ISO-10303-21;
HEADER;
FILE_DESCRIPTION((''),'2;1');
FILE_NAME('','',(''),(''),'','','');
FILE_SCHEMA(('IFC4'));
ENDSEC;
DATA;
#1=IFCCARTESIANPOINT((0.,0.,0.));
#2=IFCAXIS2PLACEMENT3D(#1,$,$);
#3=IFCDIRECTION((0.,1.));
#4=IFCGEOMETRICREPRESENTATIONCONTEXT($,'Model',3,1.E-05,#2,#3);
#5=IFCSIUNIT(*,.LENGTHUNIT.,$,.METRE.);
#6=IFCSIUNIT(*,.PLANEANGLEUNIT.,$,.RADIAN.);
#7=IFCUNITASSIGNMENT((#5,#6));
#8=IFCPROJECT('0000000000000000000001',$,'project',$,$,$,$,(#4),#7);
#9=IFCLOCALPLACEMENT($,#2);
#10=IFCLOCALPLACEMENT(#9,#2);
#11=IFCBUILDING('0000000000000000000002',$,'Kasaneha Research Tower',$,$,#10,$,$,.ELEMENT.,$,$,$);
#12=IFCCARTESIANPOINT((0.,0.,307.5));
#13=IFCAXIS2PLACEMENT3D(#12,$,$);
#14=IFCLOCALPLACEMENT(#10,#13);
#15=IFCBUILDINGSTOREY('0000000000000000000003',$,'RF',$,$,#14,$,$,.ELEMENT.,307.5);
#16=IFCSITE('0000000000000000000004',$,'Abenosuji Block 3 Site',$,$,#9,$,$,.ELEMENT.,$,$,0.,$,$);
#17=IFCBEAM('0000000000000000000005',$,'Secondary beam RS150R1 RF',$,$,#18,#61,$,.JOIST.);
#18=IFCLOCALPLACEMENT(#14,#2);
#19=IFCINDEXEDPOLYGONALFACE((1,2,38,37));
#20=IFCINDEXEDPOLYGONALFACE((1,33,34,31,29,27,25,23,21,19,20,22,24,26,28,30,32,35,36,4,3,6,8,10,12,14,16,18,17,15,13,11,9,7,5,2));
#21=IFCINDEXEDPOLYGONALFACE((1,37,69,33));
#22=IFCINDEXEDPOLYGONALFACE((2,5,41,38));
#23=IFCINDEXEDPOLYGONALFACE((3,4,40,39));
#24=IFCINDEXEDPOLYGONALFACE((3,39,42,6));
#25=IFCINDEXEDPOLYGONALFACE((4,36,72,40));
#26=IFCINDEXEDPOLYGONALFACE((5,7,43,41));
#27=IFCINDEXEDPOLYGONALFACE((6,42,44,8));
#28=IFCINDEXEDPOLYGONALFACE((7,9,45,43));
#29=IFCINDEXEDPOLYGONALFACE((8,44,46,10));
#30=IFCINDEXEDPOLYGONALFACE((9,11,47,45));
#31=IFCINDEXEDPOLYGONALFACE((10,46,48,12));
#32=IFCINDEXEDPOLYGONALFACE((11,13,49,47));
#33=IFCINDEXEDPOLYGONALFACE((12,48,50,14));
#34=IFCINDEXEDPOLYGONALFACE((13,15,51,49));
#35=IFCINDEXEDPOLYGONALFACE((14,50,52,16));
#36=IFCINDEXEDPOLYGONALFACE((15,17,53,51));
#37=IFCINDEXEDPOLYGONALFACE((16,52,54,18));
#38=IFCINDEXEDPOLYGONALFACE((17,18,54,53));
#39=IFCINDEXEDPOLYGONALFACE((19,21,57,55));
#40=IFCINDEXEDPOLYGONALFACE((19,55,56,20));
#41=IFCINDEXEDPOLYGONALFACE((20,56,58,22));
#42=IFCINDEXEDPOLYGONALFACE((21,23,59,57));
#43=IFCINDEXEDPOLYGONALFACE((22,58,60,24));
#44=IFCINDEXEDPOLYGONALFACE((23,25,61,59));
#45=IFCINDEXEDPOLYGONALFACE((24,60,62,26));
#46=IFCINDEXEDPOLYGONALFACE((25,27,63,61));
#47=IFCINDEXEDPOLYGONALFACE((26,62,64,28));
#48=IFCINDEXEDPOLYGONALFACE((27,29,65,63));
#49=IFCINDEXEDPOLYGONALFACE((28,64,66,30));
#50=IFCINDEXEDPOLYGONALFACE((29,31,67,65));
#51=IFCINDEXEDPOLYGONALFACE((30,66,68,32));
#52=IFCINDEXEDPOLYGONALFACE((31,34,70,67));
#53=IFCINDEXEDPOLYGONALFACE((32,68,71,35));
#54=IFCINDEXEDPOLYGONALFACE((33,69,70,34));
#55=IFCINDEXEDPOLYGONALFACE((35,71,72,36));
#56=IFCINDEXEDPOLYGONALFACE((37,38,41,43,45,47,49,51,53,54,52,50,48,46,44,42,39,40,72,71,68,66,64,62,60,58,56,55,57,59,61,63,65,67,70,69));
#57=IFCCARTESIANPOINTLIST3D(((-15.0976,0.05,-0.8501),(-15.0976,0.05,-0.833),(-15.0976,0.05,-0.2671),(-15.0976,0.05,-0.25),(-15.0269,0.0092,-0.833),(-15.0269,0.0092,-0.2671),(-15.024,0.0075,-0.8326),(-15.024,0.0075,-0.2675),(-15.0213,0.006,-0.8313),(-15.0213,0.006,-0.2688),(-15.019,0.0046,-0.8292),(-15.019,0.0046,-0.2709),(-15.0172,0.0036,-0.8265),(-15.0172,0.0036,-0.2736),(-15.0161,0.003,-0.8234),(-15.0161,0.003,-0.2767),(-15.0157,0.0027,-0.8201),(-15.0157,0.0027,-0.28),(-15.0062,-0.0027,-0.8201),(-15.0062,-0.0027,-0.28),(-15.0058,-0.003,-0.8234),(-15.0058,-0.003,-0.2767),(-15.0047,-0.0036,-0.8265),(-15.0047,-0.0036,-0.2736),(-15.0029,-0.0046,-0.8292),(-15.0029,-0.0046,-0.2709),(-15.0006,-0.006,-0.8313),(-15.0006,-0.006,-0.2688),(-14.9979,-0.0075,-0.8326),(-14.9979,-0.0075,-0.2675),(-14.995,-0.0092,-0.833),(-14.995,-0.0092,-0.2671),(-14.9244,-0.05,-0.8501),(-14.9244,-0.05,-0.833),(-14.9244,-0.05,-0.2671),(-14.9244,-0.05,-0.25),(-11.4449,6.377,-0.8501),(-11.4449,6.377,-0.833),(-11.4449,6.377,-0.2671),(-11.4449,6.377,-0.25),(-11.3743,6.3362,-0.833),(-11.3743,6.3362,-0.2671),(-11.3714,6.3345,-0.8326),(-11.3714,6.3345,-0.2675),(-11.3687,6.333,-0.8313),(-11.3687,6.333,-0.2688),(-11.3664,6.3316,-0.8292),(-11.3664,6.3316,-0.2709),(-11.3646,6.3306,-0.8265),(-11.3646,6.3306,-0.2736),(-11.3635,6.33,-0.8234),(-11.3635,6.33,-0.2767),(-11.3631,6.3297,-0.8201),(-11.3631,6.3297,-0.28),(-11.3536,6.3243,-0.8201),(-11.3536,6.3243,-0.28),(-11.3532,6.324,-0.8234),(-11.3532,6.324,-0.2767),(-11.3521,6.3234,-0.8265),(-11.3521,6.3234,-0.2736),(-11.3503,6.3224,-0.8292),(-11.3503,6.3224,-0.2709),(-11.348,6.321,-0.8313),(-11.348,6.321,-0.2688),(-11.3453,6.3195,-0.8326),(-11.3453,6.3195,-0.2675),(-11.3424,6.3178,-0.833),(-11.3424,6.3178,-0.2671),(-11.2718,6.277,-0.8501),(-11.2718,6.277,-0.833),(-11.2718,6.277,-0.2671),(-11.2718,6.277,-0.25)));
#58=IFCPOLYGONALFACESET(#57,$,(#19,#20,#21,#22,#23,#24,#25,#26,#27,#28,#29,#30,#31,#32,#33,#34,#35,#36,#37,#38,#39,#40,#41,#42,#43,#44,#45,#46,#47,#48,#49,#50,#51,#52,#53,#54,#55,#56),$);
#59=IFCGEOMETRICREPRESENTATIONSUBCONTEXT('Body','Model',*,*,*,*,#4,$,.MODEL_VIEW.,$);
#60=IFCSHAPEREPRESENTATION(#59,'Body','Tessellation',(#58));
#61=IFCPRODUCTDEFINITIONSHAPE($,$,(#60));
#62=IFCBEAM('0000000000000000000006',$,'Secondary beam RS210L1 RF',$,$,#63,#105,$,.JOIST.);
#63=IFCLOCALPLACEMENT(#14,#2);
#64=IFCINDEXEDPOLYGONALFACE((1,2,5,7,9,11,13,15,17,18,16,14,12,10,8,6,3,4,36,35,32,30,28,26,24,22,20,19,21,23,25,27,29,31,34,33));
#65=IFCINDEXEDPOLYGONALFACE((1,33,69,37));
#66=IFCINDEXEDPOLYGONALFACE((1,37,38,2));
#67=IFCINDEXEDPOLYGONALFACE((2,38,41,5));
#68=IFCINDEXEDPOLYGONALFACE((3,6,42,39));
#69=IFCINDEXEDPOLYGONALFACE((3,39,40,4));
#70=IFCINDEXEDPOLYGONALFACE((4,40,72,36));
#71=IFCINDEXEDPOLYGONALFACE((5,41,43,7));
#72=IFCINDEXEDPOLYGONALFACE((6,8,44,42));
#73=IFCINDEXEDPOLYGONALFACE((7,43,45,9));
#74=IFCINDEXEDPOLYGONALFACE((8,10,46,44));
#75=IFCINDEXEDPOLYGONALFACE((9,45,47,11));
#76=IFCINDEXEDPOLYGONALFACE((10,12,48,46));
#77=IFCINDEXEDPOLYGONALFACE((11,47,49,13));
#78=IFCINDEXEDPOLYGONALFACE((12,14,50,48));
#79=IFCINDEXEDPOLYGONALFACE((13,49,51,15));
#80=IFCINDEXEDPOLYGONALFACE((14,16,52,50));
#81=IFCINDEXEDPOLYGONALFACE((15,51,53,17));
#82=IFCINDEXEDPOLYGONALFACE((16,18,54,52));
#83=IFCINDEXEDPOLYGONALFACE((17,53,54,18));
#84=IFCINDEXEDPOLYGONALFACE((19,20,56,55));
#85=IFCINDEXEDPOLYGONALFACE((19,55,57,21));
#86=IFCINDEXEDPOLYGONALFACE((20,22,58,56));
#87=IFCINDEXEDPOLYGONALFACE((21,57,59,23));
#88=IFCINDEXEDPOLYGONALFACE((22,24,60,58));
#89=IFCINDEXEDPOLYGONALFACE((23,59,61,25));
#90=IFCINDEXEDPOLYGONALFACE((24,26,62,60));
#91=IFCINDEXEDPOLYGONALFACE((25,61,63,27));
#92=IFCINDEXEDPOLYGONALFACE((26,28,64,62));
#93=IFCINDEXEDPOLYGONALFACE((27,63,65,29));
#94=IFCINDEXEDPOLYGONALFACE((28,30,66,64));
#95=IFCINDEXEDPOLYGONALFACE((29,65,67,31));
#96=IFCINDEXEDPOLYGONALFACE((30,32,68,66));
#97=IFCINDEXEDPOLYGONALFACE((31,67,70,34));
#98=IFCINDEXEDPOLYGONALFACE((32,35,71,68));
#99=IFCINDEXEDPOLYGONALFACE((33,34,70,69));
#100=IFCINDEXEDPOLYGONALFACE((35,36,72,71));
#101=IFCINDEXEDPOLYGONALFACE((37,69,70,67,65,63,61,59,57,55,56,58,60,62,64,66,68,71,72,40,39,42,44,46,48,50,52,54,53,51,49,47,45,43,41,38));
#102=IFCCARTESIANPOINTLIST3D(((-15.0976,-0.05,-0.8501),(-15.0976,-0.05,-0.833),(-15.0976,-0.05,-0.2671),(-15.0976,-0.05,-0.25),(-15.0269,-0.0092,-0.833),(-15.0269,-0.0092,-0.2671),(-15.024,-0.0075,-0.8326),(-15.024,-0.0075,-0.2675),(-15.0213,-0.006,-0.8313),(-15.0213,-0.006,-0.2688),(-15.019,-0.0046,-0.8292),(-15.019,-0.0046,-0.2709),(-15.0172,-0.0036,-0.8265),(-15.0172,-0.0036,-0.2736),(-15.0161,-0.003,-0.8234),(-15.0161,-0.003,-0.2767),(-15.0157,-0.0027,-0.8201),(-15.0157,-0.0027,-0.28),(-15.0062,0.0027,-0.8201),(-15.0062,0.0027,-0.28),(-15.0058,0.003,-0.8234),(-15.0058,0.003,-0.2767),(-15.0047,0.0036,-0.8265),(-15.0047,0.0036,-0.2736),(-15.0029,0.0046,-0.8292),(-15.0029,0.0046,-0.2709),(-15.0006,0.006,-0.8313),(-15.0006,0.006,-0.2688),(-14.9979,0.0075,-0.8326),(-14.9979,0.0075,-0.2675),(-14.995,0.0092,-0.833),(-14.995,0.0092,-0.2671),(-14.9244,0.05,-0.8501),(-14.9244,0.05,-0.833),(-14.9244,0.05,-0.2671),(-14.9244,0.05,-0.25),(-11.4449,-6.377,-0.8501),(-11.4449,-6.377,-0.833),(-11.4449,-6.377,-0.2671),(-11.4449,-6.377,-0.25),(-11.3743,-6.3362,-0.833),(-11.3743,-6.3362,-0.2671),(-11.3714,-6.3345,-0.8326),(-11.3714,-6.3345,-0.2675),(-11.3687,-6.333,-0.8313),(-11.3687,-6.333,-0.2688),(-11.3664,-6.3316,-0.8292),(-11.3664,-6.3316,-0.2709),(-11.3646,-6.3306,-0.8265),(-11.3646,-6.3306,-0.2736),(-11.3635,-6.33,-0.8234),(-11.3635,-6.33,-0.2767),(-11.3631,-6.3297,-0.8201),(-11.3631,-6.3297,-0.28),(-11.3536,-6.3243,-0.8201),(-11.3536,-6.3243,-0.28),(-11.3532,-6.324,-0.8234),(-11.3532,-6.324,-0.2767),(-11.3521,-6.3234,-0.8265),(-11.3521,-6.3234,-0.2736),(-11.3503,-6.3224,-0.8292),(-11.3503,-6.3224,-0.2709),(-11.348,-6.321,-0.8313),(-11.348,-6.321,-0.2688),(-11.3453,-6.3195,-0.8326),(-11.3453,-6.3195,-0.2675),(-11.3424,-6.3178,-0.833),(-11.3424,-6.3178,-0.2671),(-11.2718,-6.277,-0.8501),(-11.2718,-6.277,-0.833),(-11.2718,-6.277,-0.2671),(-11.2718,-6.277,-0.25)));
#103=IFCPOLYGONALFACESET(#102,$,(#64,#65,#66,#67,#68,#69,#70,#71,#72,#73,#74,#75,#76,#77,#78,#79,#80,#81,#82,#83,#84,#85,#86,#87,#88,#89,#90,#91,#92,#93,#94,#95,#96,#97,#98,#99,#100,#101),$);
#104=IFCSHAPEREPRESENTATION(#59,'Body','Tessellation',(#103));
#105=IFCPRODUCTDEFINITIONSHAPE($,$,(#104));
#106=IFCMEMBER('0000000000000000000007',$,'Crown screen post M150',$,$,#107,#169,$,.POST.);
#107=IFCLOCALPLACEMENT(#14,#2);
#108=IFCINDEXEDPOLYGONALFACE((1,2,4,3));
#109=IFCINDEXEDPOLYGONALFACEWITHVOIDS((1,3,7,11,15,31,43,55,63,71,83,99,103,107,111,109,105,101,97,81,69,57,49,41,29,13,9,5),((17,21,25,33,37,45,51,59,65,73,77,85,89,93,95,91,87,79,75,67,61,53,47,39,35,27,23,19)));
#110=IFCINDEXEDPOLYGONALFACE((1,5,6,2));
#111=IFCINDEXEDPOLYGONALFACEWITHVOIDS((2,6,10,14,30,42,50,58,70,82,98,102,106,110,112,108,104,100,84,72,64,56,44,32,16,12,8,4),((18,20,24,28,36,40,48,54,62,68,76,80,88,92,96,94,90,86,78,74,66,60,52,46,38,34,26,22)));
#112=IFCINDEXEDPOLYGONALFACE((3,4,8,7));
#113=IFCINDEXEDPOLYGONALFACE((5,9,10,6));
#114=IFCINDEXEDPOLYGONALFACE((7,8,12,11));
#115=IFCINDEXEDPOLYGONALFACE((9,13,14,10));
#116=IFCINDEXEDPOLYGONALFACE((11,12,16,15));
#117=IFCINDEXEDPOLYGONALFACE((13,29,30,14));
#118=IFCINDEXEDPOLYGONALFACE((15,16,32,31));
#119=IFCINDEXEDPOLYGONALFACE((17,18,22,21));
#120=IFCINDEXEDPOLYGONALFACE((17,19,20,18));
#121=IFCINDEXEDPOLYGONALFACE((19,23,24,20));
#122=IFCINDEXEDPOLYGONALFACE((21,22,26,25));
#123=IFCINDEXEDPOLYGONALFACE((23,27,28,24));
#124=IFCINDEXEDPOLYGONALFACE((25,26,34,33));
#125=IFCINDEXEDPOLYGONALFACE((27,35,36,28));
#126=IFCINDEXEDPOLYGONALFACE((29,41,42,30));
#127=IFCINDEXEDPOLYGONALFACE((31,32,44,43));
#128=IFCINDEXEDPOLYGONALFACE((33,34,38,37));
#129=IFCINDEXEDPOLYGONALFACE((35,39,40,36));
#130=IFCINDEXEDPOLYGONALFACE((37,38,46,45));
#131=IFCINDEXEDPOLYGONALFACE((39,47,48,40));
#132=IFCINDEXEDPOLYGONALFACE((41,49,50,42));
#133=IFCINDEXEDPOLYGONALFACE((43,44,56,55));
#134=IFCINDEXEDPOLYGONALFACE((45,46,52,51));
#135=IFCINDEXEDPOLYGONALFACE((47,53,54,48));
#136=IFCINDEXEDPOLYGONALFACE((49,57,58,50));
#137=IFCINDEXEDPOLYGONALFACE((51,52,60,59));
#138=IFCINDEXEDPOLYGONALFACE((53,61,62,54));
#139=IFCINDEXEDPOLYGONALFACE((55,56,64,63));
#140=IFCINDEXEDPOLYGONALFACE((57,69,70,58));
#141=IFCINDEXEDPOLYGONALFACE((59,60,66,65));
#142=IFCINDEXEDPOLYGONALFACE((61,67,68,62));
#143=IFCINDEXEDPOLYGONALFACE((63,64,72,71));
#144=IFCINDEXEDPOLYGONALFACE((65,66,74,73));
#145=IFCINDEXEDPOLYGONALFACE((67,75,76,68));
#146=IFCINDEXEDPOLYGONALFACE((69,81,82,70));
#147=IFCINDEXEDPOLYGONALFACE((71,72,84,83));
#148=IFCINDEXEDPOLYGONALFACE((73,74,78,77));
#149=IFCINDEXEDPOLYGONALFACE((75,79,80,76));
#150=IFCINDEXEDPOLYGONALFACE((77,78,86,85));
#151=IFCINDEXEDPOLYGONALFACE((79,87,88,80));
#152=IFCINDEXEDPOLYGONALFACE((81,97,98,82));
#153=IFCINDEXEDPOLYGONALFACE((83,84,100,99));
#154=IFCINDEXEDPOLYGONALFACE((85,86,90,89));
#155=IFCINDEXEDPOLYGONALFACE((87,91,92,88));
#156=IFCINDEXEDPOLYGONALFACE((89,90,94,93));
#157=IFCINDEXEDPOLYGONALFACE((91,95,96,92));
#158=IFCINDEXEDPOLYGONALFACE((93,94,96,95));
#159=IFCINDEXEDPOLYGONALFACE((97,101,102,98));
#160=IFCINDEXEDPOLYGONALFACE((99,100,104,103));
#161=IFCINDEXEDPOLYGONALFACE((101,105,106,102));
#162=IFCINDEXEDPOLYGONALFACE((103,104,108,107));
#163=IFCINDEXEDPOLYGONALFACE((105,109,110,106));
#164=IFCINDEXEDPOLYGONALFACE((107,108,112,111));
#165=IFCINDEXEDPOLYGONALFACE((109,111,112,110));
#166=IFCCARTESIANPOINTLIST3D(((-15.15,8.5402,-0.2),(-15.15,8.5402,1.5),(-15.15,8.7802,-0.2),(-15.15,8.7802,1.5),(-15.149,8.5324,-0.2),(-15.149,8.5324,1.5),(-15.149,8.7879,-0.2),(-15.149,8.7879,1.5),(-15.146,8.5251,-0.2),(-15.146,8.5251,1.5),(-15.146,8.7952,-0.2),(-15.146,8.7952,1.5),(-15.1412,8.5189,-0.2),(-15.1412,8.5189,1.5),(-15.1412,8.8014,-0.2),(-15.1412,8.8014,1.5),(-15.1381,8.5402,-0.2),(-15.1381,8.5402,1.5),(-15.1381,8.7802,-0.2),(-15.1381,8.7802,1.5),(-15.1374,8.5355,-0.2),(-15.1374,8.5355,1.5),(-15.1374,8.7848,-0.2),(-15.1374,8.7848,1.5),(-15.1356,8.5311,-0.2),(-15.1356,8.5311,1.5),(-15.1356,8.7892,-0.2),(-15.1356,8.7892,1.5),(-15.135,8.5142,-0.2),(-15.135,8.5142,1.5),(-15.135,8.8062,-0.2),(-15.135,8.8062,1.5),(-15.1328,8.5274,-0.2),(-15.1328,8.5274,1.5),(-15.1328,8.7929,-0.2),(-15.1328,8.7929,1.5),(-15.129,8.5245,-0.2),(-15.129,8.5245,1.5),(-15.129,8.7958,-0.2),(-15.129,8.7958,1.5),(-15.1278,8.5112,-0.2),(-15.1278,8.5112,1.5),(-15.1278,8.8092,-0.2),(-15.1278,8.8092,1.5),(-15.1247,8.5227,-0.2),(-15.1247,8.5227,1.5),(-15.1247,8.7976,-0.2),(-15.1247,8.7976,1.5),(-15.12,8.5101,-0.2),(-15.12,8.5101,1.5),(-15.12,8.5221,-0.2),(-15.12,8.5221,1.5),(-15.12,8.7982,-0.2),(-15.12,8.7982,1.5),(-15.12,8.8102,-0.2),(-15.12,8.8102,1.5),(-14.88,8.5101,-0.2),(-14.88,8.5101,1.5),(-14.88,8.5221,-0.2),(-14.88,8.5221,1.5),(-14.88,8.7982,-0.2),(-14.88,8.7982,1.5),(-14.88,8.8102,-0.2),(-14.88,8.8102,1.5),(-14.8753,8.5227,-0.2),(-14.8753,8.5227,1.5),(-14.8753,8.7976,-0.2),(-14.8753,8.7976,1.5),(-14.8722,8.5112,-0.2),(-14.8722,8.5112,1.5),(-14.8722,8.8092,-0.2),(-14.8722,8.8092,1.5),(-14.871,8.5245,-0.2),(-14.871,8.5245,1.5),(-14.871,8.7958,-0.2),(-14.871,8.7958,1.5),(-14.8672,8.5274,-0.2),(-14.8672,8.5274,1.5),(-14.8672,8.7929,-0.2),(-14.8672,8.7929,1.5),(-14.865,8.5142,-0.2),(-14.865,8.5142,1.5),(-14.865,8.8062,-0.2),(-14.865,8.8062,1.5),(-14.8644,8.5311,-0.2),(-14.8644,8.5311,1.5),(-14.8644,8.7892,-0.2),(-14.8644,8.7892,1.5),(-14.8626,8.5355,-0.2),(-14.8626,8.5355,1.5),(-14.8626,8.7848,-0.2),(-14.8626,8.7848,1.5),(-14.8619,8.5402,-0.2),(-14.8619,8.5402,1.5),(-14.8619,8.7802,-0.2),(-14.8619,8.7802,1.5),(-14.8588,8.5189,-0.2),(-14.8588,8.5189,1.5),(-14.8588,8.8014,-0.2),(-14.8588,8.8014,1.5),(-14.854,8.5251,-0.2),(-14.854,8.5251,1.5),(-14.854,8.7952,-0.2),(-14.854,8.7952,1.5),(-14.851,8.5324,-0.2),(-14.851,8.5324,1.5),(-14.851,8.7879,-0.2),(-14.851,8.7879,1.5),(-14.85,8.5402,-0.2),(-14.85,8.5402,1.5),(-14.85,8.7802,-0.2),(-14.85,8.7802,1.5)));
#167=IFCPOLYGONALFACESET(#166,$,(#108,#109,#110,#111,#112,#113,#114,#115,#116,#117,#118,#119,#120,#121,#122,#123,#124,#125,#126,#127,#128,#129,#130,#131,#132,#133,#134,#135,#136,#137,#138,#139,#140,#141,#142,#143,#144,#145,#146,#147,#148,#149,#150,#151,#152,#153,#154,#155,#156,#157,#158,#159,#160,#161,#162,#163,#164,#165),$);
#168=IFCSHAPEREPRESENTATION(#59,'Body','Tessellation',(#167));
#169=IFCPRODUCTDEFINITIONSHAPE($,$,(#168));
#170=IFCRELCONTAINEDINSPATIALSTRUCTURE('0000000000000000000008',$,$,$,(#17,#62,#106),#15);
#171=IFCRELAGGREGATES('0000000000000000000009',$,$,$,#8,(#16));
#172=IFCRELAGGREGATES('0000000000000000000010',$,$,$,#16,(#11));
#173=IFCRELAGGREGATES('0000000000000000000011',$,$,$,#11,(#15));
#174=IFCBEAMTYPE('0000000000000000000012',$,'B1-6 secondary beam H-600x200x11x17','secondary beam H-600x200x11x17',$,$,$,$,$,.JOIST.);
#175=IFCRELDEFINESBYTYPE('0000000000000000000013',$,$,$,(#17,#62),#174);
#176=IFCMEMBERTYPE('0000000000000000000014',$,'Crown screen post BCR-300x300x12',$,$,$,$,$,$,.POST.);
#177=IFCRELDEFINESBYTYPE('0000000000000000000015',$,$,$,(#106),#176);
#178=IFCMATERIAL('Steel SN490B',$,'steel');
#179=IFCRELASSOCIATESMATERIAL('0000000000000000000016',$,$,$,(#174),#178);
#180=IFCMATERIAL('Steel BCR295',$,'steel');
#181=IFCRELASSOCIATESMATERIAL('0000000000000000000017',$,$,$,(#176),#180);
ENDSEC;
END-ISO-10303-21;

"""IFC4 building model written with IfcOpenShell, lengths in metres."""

from ifc_helpers import new_model, si_unit, direction, frame, origin, origin_2d, place, context, subcontext, project, spatial, hollow_rectangle, i_section, extrude, material, material_profile, profile_set, type_object, element, save


model = new_model("IFC4")

# Units and contexts
model_context = context("Model", 3, precision=1e-05, world=origin(), true_north=direction((0.0, 1.0)))
body_context = subcontext(model_context, "Body", "Model", "MODEL_VIEW")
ifc_project = project(units=[si_unit("LENGTHUNIT", "METRE"), si_unit("PLANEANGLEUNIT", "RADIAN")], contexts=[model_context])

# Site, building, storey
site_placement = place(None, origin())
site = spatial("IfcSite", under=ifc_project, at=site_placement, Name="Abenosuji Block 3 Site", CompositionType="ELEMENT", RefElevation=0.0)
building_placement = place(site_placement, origin())
building = spatial("IfcBuilding", under=site, at=building_placement, Name="Kasaneha Research Tower", CompositionType="ELEMENT")
storey_placement = place(building_placement, frame((0.0, 0.0, 307.5)))
storey = spatial("IfcBuildingStorey", under=building, at=storey_placement, Name="RF", CompositionType="ELEMENT", Elevation=307.5)

# Beams
ifc_material_1 = material(Name="Steel SN490B", Category="steel")
ifc_material_profile_1 = material_profile(ifc_material_1, i_section(OverallWidth=0.2, OverallDepth=0.6001, WebThickness=0.011, FlangeThickness=0.0171, FilletRadius=0.0129, at=origin_2d()), Name="H-600x200x11x17")
ifc_profile_set_1 = profile_set([ifc_material_profile_1], Name="Steel SN490B")
beam_type_1 = type_object("IfcBeamType", Name="B1-6 secondary beam H-600x200x11x17", Description="secondary beam H-600x200x11x17", PredefinedType="JOIST", material=ifc_profile_set_1)
for number, where, z_axis, x_axis, name in (
    (1, (-15.011, 0.0, -0.55), (0.499974, 0.86604, 0.0), (-0.86604, 0.499974, 0.0), "Secondary beam RS150R1 RF"),
    (2, (-15.011, 0.0, -0.55), (0.499974, -0.86604, 0.0), (0.86604, 0.499974, 0.0), "Secondary beam RS210L1 RF"),
):
    element("IfcBeam", number, at=place(storey_placement, frame(where, z_axis=z_axis, x_axis=x_axis)), inside=storey, type_object=beam_type_1, Name=name, PredefinedType="JOIST", context=body_context, shape_type="SweptSolid", body=[
        extrude(i_section(OverallWidth=0.2, OverallDepth=0.6001, WebThickness=0.011, FlangeThickness=0.0171, FilletRadius=0.0129, at=origin_2d()), origin(), (0.0, 0.0, 1.0), 7.3057),
    ])

# Member
ifc_material_2 = material(Name="Steel BCR295", Category="steel")
ifc_material_profile_2 = material_profile(ifc_material_2, hollow_rectangle(XDim=0.3, YDim=0.3, WallThickness=0.012, InnerFilletRadius=0.0181, OuterFilletRadius=0.03, at=origin_2d()), Name="BCR-300x300x12")
ifc_profile_set_2 = profile_set([ifc_material_profile_2], Name="Steel BCR295")
member_type = type_object("IfcMemberType", Name="Crown screen post BCR-300x300x12", PredefinedType="POST", material=ifc_profile_set_2)
for number, where, z_axis, x_axis, name in (
    (3, (-15.0, 8.6602, -0.2), (0.0, 0.0, 1.0), (1.0, 0.0, 0.0), "Crown screen post M150"),
):
    element("IfcMember", number, at=place(storey_placement, frame(where, z_axis=z_axis, x_axis=x_axis)), inside=storey, type_object=member_type, Name=name, PredefinedType="POST", context=body_context, shape_type="SweptSolid", body=[
        extrude(hollow_rectangle(XDim=0.3, YDim=0.3, WallThickness=0.012, InnerFilletRadius=0.0181, OuterFilletRadius=0.03, at=origin_2d()), origin(), (0.0, 0.0, 1.0), 1.7),
    ])

save(model, "model.ifc")
